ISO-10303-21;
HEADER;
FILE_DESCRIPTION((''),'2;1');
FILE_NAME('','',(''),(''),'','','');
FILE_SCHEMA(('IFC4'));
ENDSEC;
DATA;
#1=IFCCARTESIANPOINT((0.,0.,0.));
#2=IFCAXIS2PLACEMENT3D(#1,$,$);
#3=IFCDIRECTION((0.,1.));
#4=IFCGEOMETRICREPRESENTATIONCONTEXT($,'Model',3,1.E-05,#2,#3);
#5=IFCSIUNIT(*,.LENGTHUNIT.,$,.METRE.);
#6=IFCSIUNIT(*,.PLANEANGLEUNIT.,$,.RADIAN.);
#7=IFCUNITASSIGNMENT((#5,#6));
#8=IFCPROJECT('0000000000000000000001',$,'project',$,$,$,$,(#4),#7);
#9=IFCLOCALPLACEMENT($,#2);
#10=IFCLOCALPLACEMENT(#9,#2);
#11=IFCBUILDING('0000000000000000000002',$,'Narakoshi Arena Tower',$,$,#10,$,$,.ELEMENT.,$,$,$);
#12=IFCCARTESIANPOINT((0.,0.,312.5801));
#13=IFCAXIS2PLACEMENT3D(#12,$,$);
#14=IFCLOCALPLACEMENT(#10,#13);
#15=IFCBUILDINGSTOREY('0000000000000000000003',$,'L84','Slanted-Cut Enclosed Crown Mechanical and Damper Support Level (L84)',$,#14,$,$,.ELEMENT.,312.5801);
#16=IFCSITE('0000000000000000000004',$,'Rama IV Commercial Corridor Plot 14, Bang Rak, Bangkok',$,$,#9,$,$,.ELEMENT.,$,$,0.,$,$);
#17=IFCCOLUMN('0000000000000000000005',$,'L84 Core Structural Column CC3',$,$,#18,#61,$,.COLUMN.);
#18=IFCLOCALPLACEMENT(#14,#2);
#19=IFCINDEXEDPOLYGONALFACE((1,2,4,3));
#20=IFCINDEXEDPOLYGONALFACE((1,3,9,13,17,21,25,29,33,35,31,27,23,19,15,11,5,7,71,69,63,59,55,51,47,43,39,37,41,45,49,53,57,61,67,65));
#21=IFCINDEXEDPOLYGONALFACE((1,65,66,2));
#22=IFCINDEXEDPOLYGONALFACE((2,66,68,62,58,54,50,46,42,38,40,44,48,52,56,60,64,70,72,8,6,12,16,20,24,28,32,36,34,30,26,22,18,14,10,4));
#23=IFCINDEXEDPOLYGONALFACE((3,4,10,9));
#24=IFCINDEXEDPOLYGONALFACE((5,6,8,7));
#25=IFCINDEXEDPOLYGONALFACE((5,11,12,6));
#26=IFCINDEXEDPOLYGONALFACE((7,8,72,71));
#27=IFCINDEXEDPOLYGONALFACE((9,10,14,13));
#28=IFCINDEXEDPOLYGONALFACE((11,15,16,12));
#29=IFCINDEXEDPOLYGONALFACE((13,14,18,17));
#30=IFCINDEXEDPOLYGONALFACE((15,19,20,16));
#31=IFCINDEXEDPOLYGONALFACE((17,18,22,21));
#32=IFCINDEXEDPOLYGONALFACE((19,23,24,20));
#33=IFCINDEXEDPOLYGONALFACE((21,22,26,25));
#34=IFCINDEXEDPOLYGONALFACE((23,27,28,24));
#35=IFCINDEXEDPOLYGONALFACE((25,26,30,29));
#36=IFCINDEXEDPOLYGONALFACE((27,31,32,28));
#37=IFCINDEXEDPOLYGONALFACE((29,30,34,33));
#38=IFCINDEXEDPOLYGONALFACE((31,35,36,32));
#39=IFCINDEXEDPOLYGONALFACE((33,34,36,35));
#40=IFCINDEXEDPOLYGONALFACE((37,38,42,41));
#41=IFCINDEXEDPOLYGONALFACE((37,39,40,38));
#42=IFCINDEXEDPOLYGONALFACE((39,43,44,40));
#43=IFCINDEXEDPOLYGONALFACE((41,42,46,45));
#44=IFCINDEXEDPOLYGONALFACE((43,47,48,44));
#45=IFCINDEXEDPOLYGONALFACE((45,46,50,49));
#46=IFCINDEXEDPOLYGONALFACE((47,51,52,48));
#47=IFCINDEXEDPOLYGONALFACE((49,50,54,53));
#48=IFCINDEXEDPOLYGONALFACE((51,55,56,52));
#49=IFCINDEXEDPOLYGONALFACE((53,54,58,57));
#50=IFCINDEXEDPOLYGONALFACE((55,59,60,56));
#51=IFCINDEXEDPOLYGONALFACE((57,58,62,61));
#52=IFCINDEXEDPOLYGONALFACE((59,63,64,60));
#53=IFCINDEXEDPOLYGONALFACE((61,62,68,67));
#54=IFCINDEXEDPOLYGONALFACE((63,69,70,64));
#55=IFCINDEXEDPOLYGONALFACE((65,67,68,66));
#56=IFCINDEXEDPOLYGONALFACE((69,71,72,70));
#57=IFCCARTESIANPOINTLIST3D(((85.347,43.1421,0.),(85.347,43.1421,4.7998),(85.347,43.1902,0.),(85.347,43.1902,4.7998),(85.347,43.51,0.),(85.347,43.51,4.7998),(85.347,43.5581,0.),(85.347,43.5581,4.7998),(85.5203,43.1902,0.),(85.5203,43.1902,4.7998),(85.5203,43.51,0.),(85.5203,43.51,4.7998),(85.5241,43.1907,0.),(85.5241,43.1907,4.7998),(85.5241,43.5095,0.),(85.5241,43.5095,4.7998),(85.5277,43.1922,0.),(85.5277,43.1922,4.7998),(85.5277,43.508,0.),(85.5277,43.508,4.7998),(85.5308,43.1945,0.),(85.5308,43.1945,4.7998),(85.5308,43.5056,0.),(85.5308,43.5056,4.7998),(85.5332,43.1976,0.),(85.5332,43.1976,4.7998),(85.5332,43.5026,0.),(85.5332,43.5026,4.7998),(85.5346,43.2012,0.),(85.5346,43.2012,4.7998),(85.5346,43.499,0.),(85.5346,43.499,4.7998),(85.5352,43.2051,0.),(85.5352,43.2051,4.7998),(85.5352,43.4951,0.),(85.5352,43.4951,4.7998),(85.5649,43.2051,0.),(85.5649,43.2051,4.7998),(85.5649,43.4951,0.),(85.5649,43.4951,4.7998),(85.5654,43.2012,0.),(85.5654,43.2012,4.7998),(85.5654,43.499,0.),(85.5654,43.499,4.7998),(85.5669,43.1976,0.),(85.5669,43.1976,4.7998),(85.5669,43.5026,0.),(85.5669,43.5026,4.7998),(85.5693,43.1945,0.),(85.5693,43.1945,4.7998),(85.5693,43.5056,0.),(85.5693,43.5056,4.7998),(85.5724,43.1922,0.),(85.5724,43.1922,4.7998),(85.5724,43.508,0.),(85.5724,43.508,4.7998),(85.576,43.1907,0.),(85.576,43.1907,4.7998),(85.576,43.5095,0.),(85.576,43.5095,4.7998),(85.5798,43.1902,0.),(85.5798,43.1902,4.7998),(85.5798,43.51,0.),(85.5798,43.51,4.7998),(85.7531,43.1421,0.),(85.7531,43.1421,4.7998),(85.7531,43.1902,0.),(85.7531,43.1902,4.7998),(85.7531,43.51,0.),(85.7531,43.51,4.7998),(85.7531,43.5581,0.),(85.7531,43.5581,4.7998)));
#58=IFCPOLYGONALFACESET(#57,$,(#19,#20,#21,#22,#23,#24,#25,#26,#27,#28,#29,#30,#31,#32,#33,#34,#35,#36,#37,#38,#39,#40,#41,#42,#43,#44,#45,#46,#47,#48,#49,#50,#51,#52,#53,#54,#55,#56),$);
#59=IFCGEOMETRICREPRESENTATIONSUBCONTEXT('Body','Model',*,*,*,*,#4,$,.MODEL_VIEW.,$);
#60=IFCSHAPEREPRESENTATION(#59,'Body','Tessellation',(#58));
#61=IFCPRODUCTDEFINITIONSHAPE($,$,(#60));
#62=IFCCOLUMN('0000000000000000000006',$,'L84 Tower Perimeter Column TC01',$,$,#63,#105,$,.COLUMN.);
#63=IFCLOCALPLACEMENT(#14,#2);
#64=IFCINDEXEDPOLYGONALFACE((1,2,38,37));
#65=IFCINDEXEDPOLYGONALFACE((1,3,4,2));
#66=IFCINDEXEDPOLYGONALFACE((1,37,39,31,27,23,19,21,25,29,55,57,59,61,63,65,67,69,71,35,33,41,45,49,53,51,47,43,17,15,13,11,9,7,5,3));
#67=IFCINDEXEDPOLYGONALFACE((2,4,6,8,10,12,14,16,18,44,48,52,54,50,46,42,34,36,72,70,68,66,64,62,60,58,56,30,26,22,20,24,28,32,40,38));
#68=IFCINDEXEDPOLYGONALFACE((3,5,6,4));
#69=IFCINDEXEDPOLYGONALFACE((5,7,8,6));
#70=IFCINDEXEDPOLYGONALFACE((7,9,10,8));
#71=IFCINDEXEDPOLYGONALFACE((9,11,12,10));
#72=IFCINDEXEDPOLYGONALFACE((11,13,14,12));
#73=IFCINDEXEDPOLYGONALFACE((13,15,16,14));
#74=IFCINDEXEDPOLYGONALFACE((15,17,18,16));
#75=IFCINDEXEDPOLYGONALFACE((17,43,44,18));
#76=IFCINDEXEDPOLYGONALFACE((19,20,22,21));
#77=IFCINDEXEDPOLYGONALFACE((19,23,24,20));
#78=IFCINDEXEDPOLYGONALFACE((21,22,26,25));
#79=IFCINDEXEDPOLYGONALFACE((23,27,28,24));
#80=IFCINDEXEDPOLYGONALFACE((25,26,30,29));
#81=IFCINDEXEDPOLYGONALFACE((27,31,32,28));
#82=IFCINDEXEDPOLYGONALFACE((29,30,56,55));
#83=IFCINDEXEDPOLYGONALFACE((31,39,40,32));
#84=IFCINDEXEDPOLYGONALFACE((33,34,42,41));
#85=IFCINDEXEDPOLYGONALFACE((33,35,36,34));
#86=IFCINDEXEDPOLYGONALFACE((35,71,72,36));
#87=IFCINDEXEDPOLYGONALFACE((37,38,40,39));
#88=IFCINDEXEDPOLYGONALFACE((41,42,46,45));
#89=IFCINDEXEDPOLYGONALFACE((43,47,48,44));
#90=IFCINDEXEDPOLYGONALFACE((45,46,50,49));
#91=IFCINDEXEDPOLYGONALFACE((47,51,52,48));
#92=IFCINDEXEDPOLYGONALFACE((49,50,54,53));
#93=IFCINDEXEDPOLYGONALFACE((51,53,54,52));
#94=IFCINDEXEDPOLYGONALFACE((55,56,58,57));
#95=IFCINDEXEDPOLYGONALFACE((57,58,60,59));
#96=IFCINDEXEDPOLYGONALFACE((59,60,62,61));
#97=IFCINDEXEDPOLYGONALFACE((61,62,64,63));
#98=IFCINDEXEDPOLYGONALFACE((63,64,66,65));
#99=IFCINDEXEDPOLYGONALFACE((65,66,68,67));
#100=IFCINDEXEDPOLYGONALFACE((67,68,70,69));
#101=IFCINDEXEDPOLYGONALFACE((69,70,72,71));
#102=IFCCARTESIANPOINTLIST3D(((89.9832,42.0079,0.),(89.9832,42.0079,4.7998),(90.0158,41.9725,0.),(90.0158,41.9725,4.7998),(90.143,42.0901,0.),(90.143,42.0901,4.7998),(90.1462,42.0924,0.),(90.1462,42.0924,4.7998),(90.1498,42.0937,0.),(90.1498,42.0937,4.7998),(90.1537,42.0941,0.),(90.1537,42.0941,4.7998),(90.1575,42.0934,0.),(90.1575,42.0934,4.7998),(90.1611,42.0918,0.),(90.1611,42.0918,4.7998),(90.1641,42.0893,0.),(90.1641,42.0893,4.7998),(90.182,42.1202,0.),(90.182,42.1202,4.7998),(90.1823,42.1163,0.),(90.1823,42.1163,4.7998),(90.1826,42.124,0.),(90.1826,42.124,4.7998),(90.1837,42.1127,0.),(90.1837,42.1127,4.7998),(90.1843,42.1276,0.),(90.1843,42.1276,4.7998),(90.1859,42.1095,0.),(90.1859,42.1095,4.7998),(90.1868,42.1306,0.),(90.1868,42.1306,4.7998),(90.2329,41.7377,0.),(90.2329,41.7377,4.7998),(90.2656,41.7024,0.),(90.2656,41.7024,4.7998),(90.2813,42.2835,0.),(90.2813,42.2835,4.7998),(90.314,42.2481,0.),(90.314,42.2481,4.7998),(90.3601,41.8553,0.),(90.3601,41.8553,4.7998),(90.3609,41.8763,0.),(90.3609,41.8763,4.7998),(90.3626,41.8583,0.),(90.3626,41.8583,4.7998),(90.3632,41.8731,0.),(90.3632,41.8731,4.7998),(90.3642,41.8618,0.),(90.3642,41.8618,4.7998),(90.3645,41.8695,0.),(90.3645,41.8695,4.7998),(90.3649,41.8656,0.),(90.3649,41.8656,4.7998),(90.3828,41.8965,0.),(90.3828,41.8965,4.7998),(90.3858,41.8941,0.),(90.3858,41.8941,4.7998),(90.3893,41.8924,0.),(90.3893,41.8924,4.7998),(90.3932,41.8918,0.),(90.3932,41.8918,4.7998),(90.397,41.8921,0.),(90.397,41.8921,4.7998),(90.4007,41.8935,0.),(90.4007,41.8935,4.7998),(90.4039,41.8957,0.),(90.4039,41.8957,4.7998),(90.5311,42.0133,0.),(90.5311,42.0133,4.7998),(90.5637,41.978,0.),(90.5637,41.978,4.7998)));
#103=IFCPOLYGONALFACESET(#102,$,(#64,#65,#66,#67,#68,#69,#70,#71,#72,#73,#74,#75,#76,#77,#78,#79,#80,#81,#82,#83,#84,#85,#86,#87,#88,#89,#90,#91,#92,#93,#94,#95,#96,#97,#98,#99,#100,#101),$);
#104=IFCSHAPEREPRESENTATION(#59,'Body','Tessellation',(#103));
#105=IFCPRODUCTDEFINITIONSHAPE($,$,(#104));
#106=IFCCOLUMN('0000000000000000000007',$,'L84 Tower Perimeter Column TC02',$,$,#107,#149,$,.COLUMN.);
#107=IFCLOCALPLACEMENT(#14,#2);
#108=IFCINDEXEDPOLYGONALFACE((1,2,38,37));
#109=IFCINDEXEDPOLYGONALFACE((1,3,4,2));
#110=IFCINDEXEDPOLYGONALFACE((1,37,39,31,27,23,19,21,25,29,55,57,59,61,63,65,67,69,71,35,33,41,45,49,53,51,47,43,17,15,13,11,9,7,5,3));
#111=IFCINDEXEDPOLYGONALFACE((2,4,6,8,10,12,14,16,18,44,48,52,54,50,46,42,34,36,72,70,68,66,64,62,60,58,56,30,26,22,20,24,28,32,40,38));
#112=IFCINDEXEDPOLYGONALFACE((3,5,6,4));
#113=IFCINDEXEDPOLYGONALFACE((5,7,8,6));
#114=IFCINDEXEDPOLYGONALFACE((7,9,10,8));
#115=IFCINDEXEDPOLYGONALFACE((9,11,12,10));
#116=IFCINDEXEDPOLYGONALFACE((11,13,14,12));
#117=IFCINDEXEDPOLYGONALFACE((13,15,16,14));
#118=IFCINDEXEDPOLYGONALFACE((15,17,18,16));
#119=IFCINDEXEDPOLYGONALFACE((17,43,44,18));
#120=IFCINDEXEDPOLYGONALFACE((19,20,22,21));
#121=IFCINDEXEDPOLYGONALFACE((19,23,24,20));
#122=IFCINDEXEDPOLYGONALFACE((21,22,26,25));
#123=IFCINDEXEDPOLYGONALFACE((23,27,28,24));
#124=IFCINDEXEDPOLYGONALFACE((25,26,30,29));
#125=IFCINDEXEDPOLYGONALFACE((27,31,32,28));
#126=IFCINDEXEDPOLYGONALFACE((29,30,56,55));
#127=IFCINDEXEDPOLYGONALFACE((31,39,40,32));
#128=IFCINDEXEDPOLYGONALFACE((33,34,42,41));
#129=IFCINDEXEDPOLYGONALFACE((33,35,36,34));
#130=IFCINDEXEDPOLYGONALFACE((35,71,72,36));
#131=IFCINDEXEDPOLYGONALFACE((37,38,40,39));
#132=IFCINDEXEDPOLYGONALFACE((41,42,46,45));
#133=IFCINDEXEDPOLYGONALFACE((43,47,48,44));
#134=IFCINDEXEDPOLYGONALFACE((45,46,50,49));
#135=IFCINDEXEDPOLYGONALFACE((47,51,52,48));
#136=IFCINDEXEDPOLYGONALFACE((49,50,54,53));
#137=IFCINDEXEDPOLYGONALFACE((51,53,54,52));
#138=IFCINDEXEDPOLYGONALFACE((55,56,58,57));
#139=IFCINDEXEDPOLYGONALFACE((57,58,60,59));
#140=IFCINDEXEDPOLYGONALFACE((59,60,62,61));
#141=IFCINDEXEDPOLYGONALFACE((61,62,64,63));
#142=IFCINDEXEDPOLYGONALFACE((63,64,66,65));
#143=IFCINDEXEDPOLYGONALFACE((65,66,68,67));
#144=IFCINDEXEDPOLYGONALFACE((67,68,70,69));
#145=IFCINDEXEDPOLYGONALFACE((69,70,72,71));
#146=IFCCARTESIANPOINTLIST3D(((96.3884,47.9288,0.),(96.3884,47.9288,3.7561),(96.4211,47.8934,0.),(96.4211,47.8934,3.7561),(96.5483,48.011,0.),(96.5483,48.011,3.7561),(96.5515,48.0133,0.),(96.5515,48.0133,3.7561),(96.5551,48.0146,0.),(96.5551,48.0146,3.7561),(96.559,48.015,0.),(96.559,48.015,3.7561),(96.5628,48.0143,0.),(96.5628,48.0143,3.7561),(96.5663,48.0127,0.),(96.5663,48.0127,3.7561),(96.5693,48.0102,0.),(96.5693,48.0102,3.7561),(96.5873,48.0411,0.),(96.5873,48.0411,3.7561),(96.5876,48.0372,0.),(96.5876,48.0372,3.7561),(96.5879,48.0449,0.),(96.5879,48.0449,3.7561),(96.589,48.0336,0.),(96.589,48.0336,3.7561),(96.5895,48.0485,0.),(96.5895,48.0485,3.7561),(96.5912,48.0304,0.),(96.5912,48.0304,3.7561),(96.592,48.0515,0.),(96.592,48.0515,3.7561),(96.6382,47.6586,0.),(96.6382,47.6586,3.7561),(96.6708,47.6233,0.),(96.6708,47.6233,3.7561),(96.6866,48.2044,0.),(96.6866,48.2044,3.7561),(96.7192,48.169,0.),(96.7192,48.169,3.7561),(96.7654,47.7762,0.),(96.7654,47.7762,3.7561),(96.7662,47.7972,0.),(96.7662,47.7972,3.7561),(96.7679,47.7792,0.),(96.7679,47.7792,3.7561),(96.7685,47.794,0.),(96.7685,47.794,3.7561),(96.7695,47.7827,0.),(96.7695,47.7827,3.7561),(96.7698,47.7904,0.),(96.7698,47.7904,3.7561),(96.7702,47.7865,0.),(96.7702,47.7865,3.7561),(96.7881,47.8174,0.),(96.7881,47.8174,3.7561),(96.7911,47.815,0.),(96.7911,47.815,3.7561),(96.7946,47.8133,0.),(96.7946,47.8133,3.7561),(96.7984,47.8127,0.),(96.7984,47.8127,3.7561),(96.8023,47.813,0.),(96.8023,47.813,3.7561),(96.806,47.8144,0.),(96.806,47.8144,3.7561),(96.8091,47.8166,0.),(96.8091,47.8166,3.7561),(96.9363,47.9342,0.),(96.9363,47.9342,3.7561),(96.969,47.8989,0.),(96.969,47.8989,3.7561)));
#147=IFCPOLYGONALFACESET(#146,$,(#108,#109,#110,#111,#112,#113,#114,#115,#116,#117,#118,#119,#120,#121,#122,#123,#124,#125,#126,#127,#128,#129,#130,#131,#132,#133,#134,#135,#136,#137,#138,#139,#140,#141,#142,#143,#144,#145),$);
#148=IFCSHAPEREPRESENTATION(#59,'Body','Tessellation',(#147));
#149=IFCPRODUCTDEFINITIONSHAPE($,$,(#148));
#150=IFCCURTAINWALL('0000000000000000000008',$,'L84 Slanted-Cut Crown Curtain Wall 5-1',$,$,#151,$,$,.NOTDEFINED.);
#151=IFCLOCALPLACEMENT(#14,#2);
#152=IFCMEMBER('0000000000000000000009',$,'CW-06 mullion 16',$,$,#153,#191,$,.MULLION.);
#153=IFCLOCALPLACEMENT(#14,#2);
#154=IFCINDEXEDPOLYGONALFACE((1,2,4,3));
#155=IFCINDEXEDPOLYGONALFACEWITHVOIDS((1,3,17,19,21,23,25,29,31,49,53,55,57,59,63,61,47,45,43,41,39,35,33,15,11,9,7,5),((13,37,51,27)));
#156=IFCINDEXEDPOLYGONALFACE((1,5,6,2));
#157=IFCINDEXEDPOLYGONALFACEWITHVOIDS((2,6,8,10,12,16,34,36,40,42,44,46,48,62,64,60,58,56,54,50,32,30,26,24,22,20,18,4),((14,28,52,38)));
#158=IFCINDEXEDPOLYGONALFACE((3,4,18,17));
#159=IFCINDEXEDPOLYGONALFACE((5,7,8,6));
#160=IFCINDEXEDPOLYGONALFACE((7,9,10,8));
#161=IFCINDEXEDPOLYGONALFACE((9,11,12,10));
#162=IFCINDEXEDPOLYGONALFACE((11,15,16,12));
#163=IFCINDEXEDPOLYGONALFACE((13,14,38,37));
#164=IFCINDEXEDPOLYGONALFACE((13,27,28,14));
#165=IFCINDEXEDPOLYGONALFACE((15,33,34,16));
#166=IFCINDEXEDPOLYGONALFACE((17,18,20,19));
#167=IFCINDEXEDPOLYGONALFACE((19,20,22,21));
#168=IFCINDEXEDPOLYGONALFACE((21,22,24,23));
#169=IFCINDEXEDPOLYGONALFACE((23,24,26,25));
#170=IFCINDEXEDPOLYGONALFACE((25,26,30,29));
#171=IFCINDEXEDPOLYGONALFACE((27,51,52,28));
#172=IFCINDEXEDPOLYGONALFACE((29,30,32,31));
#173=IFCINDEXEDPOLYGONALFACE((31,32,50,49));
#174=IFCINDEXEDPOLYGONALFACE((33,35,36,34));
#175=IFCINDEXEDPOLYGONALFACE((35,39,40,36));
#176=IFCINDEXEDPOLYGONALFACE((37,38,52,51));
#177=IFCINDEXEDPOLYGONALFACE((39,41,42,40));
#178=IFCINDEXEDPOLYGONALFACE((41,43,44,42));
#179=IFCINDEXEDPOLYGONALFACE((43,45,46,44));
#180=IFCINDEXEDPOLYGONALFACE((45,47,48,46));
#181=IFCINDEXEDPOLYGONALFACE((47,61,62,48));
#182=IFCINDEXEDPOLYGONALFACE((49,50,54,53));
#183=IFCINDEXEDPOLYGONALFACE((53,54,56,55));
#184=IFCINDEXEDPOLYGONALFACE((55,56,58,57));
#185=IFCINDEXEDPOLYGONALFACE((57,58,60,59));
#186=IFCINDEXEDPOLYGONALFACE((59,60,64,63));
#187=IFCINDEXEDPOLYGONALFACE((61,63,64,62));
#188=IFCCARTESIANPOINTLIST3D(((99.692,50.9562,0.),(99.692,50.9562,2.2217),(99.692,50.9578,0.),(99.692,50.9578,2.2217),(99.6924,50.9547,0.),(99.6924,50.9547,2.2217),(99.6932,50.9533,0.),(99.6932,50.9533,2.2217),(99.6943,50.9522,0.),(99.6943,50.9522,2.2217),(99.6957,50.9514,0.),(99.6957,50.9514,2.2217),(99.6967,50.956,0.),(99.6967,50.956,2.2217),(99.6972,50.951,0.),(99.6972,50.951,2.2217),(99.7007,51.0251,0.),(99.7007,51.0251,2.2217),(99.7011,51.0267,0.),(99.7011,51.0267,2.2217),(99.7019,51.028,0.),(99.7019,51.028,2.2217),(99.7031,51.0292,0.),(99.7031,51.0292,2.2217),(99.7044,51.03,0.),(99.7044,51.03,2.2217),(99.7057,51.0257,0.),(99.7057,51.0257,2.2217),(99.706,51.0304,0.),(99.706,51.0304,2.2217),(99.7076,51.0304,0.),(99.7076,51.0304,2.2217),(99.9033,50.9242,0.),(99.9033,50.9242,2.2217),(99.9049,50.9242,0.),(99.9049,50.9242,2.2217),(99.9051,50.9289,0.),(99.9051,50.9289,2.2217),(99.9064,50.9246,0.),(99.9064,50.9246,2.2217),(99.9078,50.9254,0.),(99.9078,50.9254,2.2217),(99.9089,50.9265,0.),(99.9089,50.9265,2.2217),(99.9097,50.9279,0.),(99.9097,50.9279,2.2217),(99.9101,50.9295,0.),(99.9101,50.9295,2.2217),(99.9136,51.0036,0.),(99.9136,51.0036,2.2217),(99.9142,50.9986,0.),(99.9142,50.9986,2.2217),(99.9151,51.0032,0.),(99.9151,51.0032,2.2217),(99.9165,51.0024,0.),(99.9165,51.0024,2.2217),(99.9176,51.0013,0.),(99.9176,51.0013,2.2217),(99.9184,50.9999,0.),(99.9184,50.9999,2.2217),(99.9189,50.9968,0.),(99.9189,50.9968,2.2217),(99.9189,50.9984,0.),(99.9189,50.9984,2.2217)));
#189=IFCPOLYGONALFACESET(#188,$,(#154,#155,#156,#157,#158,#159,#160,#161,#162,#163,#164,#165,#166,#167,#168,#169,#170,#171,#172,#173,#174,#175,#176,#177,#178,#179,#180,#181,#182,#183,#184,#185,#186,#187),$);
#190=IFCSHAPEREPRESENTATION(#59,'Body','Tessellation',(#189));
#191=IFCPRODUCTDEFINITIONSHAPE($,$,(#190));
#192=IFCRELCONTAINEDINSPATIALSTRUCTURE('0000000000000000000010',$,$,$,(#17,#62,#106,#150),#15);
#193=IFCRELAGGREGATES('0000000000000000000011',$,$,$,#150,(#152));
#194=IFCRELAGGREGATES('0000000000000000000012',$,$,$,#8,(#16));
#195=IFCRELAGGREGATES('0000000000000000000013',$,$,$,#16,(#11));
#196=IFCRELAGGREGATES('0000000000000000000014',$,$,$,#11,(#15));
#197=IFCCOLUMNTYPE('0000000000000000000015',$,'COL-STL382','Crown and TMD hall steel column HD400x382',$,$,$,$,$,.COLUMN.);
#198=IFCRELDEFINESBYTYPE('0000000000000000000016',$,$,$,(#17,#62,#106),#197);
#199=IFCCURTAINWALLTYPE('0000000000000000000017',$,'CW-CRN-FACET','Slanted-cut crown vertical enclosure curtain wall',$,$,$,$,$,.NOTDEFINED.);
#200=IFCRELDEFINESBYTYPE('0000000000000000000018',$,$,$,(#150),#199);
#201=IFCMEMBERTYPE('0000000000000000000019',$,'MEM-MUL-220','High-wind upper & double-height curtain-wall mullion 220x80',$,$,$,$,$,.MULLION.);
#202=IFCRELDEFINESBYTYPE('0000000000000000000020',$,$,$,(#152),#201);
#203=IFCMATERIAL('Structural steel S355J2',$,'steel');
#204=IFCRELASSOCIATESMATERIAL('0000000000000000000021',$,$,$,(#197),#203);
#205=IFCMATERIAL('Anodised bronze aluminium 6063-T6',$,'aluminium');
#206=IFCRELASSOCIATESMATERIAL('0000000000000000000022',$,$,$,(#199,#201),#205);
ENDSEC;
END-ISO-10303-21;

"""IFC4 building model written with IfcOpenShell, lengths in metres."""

from ifc_helpers import new_model, si_unit, direction, frame, origin, origin_2d, place, context, subcontext, project, spatial, hollow_rectangle, i_section, extrude, material, material_profile, profile_set, type_object, element, aggregate, save


model = new_model("IFC4")

# Units and contexts
model_context = context("Model", 3, precision=1e-05, world=origin(), true_north=direction((0.0, 1.0)))
body_context = subcontext(model_context, "Body", "Model", "MODEL_VIEW")
ifc_project = project(units=[si_unit("LENGTHUNIT", "METRE"), si_unit("PLANEANGLEUNIT", "RADIAN")], contexts=[model_context])

# Site, building, storey
site_placement = place(None, origin())
site = spatial("IfcSite", under=ifc_project, at=site_placement, Name="Rama IV Commercial Corridor Plot 14, Bang Rak, Bangkok", CompositionType="ELEMENT", RefElevation=0.0)
building_placement = place(site_placement, origin())
building = spatial("IfcBuilding", under=site, at=building_placement, Name="Narakoshi Arena Tower", CompositionType="ELEMENT")
storey_placement = place(building_placement, frame((0.0, 0.0, 312.5801)))
storey = spatial("IfcBuildingStorey", under=building, at=storey_placement, Name="L84", Description="Slanted-Cut Enclosed Crown Mechanical and Damper Support Level (L84)", CompositionType="ELEMENT", Elevation=312.5801)

# Columns
ifc_material_1 = material(Name="Structural steel S355J2", Category="steel")
ifc_material_profile_1 = material_profile(ifc_material_1, i_section(OverallWidth=0.406, OverallDepth=0.416, WebThickness=0.0298, FlangeThickness=0.0481, FilletRadius=0.0149, at=origin_2d()), Name="HD400x382")
ifc_profile_set_1 = profile_set([ifc_material_profile_1], Name="Structural steel S355J2")
column_type = type_object("IfcColumnType", Name="COL-STL382", Description="Crown and TMD hall steel column HD400x382", PredefinedType="COLUMN", material=ifc_profile_set_1)
for number, where, z_axis, x_axis, name in (
    (1, (85.55, 43.3501, 0.0), (0.0, 0.0, 1.0), (1.0, 0.0, 0.0), "L84 Core Structural Column CC3"),
    (2, (90.2734, 41.9929, 0.0), (0.0, 0.0, 1.0), (0.734323, 0.678801, 0.0), "L84 Tower Perimeter Column TC01"),
):
    element("IfcColumn", number, at=place(storey_placement, frame(where, z_axis=z_axis, x_axis=x_axis)), inside=storey, type_object=column_type, Name=name, PredefinedType="COLUMN", context=body_context, shape_type="SweptSolid", body=[
        extrude(i_section(OverallWidth=0.406, OverallDepth=0.416, WebThickness=0.0298, FlangeThickness=0.0481, FilletRadius=0.0149, at=origin_2d()), origin(), (0.0, 0.0, 1.0), 4.7998),
    ])
column_placement = place(storey_placement, frame((96.6787, 47.9138, 0.0), z_axis=(0.0, 0.0, 1.0), x_axis=(0.734323, 0.678801, 0.0)))
element("IfcColumn", 3, at=column_placement, inside=storey, type_object=column_type, Name="L84 Tower Perimeter Column TC02", PredefinedType="COLUMN", context=body_context, shape_type="SweptSolid", body=[
    extrude(i_section(OverallWidth=0.406, OverallDepth=0.416, WebThickness=0.0298, FlangeThickness=0.0481, FilletRadius=0.0149, at=origin_2d()), origin(), (0.0, 0.0, 1.0), 3.7561),
])

# Curtain wall, member
ifc_material_2 = material(Name="Anodised bronze aluminium 6063-T6", Category="aluminium")
curtain_wall_type = type_object("IfcCurtainWallType", Name="CW-CRN-FACET", Description="Slanted-cut crown vertical enclosure curtain wall", PredefinedType="NOTDEFINED", material=ifc_material_2)
curtain_wall_placement = place(storey_placement, origin())
curtain_wall = element("IfcCurtainWall", 4, at=curtain_wall_placement, inside=storey, type_object=curtain_wall_type, Name="L84 Slanted-Cut Crown Curtain Wall 5-1", PredefinedType="NOTDEFINED")
ifc_material_profile_2 = material_profile(ifc_material_2, hollow_rectangle(XDim=0.0801, YDim=0.22, WallThickness=0.0049, OuterFilletRadius=0.0061, at=origin_2d()), Name="MUL220x80x5")
ifc_profile_set_2 = profile_set([ifc_material_profile_2], Name="Anodised bronze aluminium 6063-T6")
member_type_1 = type_object("IfcMemberType", Name="MEM-MUL-220", Description="High-wind upper & double-height curtain-wall mullion 220x80", PredefinedType="MULLION", material=ifc_profile_set_2)
member_1_placement = place(storey_placement, frame((99.8054, 50.9773, 0.0), z_axis=(0.0, 0.0, 1.0), x_axis=(0.12889, 0.991659, 0.0)))
member_1 = element("IfcMember", 5, at=member_1_placement, type_object=member_type_1, Name="CW-06 mullion 16", PredefinedType="MULLION", context=body_context, shape_type="SweptSolid", body=[
    extrude(hollow_rectangle(XDim=0.0801, YDim=0.22, WallThickness=0.0049, OuterFilletRadius=0.0061, at=origin_2d()), origin(), (0.0, 0.0, 1.0), 2.2217),
])
aggregate(curtain_wall, [member_1])

save(model, "model.ifc")
